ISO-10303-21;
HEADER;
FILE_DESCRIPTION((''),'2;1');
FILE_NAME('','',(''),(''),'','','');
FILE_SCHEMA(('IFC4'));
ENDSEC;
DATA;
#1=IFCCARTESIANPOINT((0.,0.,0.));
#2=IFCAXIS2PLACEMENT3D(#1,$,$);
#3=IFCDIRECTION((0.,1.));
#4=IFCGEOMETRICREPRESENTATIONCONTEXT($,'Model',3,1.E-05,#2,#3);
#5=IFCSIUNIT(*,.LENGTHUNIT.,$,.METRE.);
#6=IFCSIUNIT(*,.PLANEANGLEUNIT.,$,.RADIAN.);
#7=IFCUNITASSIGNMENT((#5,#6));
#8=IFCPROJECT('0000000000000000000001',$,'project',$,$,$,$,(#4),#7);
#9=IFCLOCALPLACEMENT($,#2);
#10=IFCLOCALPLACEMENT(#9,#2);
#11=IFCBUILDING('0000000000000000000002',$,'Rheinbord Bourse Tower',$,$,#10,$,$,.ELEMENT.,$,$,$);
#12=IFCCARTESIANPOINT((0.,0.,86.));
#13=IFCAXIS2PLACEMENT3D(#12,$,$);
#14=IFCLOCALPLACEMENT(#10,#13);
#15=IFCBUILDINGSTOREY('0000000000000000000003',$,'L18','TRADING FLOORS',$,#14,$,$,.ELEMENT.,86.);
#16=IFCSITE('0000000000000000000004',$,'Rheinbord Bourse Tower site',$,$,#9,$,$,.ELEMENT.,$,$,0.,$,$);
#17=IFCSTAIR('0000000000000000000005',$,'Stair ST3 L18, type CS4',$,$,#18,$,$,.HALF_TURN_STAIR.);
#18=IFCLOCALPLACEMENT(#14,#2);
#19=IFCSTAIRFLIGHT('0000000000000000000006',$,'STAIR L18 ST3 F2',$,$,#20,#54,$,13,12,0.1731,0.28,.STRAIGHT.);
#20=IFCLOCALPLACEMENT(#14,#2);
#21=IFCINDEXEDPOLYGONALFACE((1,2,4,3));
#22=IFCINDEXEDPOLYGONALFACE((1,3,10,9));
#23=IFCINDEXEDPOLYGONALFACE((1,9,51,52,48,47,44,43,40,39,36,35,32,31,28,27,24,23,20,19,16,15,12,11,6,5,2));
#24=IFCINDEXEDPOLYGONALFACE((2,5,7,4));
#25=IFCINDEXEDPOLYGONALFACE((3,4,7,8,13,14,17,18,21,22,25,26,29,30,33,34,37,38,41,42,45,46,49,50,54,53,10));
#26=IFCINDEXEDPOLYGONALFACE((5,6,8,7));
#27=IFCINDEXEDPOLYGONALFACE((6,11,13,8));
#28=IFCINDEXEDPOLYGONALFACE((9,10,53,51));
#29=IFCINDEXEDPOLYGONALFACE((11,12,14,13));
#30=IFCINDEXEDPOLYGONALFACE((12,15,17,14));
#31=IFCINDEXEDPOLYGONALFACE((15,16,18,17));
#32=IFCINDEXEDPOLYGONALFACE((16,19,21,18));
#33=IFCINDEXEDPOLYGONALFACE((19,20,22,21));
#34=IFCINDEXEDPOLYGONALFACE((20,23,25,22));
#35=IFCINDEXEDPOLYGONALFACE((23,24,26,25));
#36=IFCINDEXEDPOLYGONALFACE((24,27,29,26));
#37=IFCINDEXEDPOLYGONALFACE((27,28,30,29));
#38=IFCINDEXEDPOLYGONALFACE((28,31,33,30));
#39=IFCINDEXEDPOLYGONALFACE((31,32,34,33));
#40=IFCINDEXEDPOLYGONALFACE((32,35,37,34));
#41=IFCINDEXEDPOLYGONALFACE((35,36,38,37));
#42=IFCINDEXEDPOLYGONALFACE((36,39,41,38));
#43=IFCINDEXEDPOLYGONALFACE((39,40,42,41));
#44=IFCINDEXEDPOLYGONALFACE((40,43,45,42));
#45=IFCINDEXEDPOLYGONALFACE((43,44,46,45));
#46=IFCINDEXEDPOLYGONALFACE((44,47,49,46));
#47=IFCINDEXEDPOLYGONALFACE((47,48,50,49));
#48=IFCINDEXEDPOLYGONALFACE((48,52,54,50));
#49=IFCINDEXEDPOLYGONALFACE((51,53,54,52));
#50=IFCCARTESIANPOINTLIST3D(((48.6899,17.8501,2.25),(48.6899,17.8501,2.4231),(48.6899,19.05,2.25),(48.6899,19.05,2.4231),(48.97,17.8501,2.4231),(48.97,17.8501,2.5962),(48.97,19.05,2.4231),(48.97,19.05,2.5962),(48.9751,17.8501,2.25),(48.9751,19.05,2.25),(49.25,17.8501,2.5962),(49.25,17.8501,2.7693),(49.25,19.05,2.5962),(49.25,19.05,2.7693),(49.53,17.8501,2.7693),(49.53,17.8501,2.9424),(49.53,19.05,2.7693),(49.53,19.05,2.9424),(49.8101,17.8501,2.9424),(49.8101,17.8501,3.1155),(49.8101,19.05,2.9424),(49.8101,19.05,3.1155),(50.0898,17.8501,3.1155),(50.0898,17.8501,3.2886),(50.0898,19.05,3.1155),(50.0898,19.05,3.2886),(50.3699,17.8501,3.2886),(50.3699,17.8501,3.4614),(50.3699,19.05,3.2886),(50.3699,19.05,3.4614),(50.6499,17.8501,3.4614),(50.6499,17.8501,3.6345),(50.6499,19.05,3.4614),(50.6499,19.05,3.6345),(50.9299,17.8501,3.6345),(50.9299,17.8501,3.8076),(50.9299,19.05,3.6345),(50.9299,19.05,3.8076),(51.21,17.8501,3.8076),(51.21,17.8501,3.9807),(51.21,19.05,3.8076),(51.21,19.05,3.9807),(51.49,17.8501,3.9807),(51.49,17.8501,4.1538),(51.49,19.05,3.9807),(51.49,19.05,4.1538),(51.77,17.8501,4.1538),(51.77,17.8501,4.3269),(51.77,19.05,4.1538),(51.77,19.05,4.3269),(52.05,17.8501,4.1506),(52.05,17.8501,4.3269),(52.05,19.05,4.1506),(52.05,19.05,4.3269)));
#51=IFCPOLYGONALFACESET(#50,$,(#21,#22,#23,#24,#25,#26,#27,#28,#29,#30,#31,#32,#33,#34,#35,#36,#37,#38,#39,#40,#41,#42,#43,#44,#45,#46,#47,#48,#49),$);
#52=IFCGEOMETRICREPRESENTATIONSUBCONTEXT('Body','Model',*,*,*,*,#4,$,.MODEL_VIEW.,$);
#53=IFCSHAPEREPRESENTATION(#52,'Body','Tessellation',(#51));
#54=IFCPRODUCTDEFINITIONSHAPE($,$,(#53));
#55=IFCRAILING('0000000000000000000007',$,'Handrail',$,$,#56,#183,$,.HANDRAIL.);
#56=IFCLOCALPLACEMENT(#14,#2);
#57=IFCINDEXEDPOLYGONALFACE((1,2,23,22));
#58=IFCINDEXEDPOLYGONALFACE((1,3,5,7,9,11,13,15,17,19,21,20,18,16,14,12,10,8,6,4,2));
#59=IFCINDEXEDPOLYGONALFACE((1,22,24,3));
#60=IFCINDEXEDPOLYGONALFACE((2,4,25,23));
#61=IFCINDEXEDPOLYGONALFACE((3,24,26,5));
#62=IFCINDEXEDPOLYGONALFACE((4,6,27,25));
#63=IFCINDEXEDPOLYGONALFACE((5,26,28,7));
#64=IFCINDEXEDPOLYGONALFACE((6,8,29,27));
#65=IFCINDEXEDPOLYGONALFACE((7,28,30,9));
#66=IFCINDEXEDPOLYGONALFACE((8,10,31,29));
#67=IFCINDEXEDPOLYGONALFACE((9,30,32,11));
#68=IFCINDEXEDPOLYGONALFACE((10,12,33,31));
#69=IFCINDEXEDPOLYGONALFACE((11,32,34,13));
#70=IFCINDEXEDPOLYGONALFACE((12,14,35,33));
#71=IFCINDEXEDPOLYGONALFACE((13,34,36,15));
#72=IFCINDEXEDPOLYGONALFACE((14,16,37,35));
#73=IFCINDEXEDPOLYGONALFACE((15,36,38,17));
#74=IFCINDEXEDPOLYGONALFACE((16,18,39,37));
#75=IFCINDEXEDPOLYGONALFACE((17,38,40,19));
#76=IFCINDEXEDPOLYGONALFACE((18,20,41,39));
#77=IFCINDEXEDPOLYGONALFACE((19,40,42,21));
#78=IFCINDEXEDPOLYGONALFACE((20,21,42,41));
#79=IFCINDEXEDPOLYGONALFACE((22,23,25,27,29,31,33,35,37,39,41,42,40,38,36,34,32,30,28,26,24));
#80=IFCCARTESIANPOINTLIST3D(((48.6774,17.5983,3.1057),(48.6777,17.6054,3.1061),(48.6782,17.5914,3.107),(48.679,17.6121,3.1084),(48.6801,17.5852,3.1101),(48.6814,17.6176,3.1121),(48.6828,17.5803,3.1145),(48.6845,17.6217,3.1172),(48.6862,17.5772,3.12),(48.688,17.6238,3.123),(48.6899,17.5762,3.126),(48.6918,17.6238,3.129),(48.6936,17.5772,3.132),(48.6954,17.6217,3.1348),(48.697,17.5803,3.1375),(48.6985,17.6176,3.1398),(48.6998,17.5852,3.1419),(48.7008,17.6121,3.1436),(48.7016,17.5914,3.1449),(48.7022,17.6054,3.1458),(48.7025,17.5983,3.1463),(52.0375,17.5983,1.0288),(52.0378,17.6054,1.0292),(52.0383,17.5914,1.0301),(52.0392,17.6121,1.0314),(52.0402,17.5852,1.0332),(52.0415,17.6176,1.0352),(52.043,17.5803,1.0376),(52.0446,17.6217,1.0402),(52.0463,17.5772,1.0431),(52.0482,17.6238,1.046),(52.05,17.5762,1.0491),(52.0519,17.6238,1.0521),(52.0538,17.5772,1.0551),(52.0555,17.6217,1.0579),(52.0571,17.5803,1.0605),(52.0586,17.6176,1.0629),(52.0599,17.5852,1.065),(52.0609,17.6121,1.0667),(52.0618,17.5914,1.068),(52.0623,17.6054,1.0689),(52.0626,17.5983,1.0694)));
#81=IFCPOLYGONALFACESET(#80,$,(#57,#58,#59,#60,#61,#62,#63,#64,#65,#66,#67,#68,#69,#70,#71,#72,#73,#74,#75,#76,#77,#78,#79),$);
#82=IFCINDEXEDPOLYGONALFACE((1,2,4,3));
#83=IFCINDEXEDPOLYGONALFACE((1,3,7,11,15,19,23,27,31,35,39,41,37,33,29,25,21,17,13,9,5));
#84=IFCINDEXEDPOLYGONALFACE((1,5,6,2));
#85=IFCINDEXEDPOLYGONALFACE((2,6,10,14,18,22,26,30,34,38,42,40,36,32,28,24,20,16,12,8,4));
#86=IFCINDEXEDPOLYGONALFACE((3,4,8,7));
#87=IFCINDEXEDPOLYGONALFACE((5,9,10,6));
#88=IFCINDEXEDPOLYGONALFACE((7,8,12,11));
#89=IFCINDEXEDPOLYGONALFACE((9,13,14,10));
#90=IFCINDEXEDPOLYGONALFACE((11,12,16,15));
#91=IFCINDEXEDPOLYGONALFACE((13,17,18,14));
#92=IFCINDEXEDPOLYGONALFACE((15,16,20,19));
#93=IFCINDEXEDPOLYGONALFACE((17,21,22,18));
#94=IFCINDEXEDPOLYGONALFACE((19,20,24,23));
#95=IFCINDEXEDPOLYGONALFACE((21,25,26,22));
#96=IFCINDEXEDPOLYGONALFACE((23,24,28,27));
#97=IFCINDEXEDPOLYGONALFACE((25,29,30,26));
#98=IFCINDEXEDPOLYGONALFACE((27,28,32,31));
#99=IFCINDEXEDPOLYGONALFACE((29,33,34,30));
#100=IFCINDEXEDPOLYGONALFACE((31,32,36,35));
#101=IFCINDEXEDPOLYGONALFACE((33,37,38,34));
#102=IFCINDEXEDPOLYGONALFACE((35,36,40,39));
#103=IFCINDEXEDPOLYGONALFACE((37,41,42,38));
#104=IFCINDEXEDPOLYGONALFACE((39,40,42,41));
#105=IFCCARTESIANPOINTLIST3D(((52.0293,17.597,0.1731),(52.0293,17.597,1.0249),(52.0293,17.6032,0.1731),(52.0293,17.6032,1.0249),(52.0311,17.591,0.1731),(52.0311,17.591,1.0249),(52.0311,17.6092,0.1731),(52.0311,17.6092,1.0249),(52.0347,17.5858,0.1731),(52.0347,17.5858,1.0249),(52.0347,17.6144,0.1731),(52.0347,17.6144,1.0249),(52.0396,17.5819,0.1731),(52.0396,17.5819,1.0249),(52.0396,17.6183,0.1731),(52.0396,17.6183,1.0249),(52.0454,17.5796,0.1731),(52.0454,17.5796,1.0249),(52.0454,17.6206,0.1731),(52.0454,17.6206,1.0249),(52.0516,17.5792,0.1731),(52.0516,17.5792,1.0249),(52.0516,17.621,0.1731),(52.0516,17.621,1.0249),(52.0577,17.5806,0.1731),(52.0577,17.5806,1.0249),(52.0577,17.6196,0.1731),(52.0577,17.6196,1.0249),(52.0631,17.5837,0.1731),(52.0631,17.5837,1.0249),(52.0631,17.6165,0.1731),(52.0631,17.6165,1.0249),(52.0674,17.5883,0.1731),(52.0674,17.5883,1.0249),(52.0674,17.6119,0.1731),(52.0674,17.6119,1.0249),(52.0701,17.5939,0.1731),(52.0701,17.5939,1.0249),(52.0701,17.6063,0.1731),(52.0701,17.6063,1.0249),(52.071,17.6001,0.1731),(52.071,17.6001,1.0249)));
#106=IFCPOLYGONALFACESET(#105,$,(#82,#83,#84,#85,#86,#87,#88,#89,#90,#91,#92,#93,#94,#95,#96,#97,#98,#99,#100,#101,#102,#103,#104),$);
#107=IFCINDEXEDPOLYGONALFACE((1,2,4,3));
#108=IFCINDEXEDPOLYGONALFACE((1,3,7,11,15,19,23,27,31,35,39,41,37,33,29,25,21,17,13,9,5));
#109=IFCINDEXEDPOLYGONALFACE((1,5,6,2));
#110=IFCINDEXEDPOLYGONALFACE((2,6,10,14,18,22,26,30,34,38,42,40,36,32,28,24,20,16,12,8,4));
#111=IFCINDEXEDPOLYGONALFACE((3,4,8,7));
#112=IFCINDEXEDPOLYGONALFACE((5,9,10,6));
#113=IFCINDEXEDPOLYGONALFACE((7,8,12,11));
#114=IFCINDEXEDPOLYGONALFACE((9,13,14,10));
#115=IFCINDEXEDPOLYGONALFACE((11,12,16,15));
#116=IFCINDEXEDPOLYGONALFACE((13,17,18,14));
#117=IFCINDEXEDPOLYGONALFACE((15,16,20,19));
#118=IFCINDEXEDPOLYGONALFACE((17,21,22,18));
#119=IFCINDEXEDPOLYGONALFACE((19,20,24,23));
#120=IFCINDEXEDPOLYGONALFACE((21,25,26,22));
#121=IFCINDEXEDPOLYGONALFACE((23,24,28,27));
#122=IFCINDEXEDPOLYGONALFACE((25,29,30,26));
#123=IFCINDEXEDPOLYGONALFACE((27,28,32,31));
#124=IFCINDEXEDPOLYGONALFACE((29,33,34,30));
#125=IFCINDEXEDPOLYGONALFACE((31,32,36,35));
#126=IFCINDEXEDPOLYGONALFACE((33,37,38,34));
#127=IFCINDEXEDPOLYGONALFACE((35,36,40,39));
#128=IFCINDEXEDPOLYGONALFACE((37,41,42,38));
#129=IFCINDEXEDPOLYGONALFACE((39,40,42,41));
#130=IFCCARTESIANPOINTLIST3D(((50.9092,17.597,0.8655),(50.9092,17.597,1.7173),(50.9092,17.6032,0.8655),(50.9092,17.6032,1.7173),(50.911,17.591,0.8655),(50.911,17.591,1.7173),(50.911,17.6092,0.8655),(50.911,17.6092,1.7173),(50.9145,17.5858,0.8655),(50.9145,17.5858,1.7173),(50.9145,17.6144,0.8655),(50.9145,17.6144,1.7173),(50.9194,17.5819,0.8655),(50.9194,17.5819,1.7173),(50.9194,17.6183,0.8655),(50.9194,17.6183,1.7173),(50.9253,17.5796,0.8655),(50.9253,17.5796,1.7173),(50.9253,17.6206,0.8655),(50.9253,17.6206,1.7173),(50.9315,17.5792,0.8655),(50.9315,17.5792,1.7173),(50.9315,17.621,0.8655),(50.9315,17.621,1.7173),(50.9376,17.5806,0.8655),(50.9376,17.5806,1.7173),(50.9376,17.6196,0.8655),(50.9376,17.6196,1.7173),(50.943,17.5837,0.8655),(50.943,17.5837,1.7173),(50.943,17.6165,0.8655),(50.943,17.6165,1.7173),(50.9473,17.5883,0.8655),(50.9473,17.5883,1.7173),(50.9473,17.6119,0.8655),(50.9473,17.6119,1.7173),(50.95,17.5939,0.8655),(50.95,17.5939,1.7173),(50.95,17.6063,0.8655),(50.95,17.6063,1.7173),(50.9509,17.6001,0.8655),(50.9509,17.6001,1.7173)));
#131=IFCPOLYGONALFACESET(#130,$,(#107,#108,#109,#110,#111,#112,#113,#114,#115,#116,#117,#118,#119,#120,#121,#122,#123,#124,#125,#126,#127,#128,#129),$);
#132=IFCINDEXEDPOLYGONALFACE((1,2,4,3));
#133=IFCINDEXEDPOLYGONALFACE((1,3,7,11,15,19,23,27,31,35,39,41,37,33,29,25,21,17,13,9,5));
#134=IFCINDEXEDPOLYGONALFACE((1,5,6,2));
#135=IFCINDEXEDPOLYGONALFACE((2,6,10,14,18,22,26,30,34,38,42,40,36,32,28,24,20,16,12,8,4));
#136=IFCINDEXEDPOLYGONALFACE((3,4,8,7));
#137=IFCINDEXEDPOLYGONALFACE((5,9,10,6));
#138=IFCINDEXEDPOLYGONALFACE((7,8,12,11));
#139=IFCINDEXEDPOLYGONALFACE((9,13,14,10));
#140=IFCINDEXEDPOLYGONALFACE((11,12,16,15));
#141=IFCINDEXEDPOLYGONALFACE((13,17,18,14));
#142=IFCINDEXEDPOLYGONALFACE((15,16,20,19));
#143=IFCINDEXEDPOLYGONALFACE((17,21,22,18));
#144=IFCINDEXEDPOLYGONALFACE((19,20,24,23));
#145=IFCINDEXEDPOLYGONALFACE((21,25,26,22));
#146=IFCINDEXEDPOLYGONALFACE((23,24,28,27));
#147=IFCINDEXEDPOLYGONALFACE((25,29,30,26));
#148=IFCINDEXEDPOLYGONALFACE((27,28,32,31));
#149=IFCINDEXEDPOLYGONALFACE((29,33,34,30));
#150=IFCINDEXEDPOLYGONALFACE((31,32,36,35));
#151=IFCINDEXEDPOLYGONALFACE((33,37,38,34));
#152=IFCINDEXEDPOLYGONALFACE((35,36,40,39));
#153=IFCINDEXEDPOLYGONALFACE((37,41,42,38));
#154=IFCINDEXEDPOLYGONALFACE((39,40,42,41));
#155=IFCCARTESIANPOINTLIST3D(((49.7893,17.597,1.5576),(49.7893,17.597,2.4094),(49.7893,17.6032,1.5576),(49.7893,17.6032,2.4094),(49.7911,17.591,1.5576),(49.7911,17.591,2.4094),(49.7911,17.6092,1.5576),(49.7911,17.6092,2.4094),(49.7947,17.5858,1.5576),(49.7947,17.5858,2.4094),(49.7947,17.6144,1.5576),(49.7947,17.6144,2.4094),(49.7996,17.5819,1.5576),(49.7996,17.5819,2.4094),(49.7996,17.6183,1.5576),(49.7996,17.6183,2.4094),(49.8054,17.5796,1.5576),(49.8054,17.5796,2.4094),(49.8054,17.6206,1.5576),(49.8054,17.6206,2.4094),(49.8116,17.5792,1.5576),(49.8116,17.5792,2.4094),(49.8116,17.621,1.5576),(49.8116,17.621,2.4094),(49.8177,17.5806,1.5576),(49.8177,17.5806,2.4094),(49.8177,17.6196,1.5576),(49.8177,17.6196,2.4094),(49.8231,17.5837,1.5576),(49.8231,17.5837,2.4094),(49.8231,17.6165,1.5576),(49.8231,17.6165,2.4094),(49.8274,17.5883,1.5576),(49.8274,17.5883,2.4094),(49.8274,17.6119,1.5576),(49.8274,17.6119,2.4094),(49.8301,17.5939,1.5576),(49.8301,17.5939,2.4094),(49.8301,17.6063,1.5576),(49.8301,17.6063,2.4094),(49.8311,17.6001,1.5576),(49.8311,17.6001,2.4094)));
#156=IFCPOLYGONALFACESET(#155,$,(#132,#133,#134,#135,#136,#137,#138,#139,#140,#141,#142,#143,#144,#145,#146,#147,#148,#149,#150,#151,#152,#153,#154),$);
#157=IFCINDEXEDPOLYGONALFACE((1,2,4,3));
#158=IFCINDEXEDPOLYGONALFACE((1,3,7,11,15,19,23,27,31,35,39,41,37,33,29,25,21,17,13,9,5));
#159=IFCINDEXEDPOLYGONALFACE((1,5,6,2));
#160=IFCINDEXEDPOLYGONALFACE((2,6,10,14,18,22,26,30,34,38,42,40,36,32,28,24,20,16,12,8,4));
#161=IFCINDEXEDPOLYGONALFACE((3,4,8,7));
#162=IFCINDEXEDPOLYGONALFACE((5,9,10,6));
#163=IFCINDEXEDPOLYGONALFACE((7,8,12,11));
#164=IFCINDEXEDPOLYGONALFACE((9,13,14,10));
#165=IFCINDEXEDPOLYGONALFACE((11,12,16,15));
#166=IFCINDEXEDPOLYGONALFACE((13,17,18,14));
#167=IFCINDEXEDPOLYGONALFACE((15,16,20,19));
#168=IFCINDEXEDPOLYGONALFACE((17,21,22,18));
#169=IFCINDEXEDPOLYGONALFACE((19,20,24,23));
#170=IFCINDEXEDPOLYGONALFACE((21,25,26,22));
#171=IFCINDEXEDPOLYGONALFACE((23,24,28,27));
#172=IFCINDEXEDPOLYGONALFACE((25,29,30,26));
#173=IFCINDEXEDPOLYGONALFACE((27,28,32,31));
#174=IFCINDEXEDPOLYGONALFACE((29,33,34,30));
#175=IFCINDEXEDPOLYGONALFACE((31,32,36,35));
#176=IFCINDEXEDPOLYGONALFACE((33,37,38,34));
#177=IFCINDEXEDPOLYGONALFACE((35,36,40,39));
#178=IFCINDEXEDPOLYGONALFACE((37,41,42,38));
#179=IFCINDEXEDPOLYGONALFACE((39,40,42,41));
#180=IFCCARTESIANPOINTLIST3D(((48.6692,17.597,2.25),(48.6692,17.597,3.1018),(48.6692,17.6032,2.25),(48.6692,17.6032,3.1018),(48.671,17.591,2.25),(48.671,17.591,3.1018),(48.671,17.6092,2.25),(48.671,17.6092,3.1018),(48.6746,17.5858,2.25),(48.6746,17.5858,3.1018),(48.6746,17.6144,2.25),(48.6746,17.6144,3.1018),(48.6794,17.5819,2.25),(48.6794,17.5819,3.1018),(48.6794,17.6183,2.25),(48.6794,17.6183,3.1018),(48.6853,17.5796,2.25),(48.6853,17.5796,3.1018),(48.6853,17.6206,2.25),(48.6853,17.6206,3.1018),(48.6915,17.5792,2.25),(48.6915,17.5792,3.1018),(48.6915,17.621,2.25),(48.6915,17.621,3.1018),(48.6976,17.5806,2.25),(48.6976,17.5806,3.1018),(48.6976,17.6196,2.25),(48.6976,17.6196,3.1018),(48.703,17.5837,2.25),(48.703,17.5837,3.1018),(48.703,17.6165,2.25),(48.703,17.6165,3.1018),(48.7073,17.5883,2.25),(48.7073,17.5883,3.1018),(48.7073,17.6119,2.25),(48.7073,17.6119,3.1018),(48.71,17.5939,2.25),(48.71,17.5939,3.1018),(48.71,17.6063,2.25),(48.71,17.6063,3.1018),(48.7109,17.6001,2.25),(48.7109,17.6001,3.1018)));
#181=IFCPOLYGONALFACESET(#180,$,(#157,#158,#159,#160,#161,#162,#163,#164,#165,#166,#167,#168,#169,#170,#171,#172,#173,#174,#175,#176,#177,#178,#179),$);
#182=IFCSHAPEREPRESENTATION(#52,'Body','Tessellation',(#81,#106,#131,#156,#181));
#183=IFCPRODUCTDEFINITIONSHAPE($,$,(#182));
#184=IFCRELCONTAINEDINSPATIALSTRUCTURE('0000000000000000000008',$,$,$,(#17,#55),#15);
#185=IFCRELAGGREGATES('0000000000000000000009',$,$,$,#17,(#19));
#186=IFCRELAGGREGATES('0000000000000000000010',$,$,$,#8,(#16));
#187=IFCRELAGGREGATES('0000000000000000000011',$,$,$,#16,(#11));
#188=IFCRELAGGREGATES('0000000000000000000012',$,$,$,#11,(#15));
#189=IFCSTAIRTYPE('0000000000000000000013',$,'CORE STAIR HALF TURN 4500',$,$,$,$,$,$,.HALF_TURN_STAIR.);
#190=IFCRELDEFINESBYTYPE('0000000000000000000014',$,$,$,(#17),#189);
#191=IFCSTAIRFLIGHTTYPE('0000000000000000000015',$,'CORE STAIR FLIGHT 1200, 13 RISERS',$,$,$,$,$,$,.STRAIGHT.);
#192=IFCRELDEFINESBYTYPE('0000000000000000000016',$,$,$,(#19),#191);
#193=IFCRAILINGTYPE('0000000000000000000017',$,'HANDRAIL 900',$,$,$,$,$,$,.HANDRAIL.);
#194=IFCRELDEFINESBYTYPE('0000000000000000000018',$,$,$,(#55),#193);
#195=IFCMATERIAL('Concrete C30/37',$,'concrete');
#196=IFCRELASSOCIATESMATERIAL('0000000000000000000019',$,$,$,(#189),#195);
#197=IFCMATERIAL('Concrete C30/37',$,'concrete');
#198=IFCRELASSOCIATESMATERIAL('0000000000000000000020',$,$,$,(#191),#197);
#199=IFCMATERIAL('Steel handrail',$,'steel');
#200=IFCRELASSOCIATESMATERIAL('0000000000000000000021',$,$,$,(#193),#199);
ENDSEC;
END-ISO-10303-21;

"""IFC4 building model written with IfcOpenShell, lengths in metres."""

from ifc_helpers import new_model, si_unit, direction, frame, origin, origin_2d, place, context, subcontext, project, spatial, polyline, circle, outline, extrude, material, type_object, element, aggregate, save


model = new_model("IFC4")

# Units and contexts
model_context = context("Model", 3, precision=1e-05, world=origin(), true_north=direction((0.0, 1.0)))
body_context = subcontext(model_context, "Body", "Model", "MODEL_VIEW")
ifc_project = project(units=[si_unit("LENGTHUNIT", "METRE"), si_unit("PLANEANGLEUNIT", "RADIAN")], contexts=[model_context])

# Site, building, storey
site_placement = place(None, origin())
site = spatial("IfcSite", under=ifc_project, at=site_placement, Name="Rheinbord Bourse Tower site", CompositionType="ELEMENT", RefElevation=0.0)
building_placement = place(site_placement, origin())
building = spatial("IfcBuilding", under=site, at=building_placement, Name="Rheinbord Bourse Tower", CompositionType="ELEMENT")
storey_placement = place(building_placement, frame((0.0, 0.0, 86.0)))
storey = spatial("IfcBuildingStorey", under=building, at=storey_placement, Name="L18", Description="TRADING FLOORS", CompositionType="ELEMENT", Elevation=86.0)

# Stair, stair flight
ifc_material_1 = material(Name="Concrete C30/37", Category="concrete")
stair_type = type_object("IfcStairType", Name="CORE STAIR HALF TURN 4500", PredefinedType="HALF_TURN_STAIR", material=ifc_material_1)
stair_placement = place(storey_placement, origin())
stair = element("IfcStair", 1, at=stair_placement, inside=storey, type_object=stair_type, Name="Stair ST3 L18, type CS4", PredefinedType="HALF_TURN_STAIR")
ifc_material_2 = material(Name="Concrete C30/37", Category="concrete")
stair_flight_type = type_object("IfcStairFlightType", Name="CORE STAIR FLIGHT 1200, 13 RISERS", PredefinedType="STRAIGHT", material=ifc_material_2)
stair_flight_1_placement = place(storey_placement, frame((48.6899, 18.45, 2.25), z_axis=(0.0, 0.0, 1.0), x_axis=(1.0, 0.0, 0.0)))
stair_flight_1 = element("IfcStairFlight", 2, at=stair_flight_1_placement, type_object=stair_flight_type, Name="STAIR L18 ST3 F2", NumberOfRisers=13, NumberOfTreads=12, PredefinedType="STRAIGHT", RiserHeight=0.1731, TreadLength=0.28, context=body_context, shape_type="SweptSolid", body=[
    extrude(outline(polyline([(0.0, 0.0), (0.0, 0.1731), (0.28, 0.1731), (0.28, 0.3462), (0.5601, 0.3462), (0.5601, 0.5193), (0.8401, 0.5193), (0.8401, 0.6924), (1.1201, 0.6924), (1.1201, 0.8655), (1.3999, 0.8655), (1.3999, 1.0386), (1.6799, 1.0386), (1.6799, 1.2114), (1.96, 1.2114), (1.96, 1.3845), (2.24, 1.3845), (2.24, 1.5576), (2.52, 1.5576), (2.52, 1.7307), (2.8, 1.7307), (2.8, 1.9038), (3.0801, 1.9038), (3.0801, 2.0769), (3.3601, 2.0769), (3.3601, 2.25), (3.3601, 1.9006), (0.2852, 0.0), (0.0, 0.0)])), frame((0.0, 0.6001, 0.0), z_axis=(0.0, -1.0, 0.0), x_axis=(1.0, 0.0, 0.0)), (0.0, 0.0, 1.0), 1.2),
])
aggregate(stair, [stair_flight_1])

# Railing
ifc_material_3 = material(Name="Steel handrail", Category="steel")
railing_type = type_object("IfcRailingType", Name="HANDRAIL 900", PredefinedType="HANDRAIL", material=ifc_material_3)
railing_1_placement = place(storey_placement, frame((52.05, 17.6001, 0.1731)))
element("IfcRailing", 3, at=railing_1_placement, inside=storey, type_object=railing_type, Name="Handrail", PredefinedType="HANDRAIL", context=body_context, shape_type="SweptSolid", body=[
    extrude(circle(Radius=0.0239, at=origin_2d()), frame((0.0, 0.0, 0.876), z_axis=(-0.850623, 0.0, 0.525776), x_axis=(0.0, -1.0, 0.0)), (0.0, 0.0, 1.0), 3.9502),
    extrude(circle(Radius=0.021, at=origin_2d()), origin(), (0.0, 0.0, 1.0), 0.8518),
    extrude(circle(Radius=0.021, at=origin_2d()), frame((-1.1201, 0.0, 0.6924)), (0.0, 0.0, 1.0), 0.8518),
    extrude(circle(Radius=0.021, at=origin_2d()), frame((-2.24, 0.0, 1.3845)), (0.0, 0.0, 1.0), 0.8518),
    extrude(circle(Radius=0.021, at=origin_2d()), frame((-3.3601, 0.0, 2.0769)), (0.0, 0.0, 1.0), 0.8518),
])

save(model, "model.ifc")
